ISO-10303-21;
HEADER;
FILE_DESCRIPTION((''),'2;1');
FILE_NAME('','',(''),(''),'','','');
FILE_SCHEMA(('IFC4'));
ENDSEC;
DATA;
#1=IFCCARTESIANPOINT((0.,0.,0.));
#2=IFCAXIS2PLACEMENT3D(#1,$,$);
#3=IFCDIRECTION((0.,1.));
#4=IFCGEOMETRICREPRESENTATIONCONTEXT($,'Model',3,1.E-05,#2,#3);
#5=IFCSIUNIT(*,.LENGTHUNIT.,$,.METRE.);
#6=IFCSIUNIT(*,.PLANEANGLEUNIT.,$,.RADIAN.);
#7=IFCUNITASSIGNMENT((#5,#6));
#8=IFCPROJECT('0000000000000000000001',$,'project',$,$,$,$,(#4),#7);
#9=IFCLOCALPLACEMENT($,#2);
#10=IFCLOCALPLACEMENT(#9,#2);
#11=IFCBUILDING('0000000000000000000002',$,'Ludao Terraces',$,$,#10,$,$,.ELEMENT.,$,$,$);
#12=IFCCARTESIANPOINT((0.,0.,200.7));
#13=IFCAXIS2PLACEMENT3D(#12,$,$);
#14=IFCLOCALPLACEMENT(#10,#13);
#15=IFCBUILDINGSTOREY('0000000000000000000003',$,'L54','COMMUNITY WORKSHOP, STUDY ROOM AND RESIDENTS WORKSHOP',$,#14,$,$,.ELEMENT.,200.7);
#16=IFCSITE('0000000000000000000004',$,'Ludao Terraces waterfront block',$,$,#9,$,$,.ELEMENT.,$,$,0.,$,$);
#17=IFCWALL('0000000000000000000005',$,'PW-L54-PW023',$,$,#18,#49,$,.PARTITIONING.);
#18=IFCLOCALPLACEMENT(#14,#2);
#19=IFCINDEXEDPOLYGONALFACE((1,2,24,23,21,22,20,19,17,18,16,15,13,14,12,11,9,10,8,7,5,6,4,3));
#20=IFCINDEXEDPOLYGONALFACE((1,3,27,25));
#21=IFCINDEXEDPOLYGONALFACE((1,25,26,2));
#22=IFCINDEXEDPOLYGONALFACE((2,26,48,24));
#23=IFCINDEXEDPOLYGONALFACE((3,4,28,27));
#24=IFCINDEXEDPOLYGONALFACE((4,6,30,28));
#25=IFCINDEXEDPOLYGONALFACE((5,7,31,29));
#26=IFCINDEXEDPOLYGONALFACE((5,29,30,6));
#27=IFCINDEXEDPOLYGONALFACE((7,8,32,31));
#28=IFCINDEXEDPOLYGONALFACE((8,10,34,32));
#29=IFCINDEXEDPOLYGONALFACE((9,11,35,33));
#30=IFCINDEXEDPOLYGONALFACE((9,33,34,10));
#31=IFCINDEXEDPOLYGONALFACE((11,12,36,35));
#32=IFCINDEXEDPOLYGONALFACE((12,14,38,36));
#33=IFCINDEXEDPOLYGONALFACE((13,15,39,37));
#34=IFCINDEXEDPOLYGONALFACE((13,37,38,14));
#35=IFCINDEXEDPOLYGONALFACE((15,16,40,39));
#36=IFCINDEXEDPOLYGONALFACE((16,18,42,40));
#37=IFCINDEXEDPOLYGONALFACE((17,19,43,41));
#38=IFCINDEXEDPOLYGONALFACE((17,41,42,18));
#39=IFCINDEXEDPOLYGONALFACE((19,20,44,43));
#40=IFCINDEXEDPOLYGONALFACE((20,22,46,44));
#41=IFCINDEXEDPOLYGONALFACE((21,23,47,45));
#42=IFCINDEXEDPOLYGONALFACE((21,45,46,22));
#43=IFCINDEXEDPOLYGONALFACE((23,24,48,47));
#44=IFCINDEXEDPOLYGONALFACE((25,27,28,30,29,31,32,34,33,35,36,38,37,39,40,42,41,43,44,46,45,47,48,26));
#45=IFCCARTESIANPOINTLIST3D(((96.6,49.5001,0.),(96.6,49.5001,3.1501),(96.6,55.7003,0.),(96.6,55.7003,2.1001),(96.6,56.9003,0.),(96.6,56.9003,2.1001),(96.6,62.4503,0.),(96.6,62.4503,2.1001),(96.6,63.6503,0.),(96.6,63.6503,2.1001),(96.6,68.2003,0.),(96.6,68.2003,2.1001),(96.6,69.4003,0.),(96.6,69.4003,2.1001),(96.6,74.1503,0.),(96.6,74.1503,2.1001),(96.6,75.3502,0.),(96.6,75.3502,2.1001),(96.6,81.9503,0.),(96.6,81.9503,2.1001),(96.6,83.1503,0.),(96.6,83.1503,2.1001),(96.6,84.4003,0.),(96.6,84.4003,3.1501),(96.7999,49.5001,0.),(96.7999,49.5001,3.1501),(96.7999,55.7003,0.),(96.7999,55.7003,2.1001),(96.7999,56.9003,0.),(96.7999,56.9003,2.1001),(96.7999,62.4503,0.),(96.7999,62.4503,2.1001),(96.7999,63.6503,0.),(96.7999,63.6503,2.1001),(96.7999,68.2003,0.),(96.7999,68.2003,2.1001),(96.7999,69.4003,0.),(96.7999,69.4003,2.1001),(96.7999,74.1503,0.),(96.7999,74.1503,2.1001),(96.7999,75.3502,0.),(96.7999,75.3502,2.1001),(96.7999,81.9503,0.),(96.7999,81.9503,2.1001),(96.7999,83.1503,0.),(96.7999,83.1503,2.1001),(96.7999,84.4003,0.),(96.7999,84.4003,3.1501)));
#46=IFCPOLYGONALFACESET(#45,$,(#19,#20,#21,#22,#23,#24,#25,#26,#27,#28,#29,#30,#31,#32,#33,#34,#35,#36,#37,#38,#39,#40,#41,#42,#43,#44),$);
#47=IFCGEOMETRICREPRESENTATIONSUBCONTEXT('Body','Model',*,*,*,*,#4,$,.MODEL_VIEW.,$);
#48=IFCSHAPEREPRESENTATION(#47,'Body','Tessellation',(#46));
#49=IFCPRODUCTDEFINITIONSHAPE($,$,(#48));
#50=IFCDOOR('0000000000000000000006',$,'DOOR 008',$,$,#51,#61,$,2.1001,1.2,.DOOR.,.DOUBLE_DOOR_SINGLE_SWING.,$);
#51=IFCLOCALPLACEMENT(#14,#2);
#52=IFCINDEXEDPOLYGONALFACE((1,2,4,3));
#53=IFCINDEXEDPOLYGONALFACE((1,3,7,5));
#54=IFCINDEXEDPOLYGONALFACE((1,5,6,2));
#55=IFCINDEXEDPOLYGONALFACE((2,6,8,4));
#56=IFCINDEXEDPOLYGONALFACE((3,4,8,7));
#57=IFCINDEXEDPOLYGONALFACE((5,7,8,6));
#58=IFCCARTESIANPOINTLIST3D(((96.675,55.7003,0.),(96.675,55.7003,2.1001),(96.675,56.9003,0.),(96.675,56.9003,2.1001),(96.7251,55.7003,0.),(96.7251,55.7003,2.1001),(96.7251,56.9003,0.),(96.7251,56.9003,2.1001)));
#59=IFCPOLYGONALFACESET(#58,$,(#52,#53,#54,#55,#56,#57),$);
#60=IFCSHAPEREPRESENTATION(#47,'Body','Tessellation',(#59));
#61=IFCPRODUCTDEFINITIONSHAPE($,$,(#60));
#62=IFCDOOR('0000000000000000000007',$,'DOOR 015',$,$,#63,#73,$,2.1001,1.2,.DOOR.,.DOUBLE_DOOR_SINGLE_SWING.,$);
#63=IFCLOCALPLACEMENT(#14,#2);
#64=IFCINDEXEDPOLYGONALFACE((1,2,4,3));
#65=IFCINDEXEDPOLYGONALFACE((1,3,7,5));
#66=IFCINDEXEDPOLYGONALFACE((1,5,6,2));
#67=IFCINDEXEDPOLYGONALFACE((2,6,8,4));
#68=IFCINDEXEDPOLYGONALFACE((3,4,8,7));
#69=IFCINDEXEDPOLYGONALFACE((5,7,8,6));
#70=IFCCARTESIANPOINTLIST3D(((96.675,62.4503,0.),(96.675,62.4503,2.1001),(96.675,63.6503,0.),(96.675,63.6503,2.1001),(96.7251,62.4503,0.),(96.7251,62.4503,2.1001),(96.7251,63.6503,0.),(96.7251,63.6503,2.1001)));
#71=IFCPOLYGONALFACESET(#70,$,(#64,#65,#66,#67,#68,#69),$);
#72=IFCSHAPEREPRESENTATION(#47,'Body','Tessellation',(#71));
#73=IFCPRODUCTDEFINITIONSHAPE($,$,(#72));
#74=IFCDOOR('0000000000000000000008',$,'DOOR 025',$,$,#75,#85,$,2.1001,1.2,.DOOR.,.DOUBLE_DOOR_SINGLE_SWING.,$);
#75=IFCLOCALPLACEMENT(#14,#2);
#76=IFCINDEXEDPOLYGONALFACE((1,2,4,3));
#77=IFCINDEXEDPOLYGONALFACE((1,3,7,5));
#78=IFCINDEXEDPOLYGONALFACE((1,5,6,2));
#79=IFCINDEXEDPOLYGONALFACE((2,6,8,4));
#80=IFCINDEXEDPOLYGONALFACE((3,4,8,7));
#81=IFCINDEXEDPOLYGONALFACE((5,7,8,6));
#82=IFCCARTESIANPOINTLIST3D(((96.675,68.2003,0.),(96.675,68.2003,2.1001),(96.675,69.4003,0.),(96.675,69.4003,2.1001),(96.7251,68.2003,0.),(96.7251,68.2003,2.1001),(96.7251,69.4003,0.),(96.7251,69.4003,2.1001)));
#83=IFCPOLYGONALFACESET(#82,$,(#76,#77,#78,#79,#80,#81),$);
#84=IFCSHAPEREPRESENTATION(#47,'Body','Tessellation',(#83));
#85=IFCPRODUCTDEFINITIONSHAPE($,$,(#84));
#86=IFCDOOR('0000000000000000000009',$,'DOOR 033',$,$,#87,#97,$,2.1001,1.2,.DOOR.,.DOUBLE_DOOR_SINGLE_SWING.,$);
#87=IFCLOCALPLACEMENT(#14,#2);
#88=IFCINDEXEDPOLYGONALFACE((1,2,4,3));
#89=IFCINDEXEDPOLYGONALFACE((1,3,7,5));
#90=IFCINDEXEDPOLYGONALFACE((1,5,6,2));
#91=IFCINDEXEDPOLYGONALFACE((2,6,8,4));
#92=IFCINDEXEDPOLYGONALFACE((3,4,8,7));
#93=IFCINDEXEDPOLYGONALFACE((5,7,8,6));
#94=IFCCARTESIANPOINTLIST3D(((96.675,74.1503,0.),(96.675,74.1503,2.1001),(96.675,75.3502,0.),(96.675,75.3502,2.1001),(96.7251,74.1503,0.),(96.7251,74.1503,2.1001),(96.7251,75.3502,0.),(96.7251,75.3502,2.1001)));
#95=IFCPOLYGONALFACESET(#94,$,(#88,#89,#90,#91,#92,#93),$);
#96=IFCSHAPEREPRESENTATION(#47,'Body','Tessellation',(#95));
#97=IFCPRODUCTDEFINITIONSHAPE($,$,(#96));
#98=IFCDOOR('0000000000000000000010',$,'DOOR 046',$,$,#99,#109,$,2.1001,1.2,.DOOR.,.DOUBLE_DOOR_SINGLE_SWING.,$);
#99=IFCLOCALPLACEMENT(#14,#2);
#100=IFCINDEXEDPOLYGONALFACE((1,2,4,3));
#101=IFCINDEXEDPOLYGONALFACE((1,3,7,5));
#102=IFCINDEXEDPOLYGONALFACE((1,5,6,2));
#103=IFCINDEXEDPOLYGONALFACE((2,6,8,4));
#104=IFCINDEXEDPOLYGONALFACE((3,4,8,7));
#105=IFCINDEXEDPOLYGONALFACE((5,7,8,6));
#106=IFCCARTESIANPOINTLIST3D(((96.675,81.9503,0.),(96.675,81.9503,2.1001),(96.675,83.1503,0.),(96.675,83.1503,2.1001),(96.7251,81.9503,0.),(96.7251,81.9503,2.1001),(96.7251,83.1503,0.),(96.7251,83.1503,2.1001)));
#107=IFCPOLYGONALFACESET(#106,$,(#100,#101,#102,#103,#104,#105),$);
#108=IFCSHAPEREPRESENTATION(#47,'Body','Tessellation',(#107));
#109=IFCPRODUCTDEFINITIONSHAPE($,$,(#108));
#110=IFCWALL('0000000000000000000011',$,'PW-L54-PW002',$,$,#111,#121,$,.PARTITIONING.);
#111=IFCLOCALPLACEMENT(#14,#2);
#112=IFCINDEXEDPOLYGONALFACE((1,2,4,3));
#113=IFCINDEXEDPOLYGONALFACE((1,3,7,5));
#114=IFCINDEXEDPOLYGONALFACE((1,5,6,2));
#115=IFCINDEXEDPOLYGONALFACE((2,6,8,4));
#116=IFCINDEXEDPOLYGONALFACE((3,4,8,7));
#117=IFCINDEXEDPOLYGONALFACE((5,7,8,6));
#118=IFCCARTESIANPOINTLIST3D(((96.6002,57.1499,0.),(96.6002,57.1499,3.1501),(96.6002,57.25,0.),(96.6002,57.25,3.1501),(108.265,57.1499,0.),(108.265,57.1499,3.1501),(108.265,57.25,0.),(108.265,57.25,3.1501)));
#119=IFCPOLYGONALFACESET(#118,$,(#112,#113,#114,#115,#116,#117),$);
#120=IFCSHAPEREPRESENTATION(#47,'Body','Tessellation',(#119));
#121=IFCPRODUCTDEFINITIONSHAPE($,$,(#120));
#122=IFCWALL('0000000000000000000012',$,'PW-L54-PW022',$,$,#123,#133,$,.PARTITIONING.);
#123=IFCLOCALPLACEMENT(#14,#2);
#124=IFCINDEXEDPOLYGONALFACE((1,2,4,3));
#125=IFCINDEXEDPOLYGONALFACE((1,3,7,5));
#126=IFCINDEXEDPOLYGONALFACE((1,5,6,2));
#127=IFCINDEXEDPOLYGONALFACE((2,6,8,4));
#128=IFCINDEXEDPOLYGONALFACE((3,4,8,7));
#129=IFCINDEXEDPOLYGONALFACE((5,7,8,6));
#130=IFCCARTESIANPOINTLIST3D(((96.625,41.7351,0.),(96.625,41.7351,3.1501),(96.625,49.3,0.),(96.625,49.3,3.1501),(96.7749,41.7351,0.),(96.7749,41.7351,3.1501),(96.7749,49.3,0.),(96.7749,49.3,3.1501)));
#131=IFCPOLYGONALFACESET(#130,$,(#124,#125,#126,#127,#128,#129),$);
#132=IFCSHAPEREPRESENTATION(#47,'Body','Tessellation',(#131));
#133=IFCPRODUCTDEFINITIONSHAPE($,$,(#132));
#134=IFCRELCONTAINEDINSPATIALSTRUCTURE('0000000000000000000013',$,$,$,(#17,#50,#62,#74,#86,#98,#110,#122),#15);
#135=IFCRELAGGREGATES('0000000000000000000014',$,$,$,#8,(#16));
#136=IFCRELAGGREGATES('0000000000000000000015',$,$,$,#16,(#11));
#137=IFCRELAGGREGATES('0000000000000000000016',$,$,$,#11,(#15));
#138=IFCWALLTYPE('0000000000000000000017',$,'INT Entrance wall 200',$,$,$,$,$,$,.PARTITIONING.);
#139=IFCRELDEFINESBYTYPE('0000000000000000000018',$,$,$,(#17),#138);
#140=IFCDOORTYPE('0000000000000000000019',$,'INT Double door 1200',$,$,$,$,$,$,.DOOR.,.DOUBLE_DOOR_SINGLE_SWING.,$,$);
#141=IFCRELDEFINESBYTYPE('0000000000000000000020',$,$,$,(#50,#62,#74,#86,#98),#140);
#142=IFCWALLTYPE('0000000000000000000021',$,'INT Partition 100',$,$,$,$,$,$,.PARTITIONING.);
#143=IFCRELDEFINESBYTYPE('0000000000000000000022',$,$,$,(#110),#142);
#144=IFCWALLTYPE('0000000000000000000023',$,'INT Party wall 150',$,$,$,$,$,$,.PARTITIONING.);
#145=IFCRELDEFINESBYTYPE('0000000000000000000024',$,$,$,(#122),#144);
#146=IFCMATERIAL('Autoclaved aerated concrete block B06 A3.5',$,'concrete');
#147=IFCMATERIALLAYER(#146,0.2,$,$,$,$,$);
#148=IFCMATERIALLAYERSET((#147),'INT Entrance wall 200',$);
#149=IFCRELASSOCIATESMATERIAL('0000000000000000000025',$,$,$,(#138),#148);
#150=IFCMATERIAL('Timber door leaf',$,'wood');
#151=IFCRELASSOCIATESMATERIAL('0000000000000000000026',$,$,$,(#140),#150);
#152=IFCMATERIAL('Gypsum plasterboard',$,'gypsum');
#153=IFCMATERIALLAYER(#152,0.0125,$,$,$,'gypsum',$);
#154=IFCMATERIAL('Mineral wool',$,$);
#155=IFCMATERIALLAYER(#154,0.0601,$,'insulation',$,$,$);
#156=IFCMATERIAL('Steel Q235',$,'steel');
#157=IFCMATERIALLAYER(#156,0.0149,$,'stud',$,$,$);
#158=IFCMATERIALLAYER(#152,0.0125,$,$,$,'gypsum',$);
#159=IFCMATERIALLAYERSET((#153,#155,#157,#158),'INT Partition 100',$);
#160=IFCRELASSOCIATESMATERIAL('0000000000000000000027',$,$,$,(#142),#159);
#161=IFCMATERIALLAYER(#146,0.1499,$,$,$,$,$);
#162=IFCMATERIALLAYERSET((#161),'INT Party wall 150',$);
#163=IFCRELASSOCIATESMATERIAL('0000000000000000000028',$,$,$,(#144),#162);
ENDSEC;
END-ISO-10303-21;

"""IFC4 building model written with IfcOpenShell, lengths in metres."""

from ifc_helpers import new_model, si_unit, direction, frame, frame_2d, origin, place, context, subcontext, project, spatial, rectangle, extrude, material, layer, layer_set, type_object, element, fill, save


model = new_model("IFC4")

# Units and contexts
model_context = context("Model", 3, precision=1e-05, world=origin(), true_north=direction((0.0, 1.0)))
body_context = subcontext(model_context, "Body", "Model", "MODEL_VIEW")
ifc_project = project(units=[si_unit("LENGTHUNIT", "METRE"), si_unit("PLANEANGLEUNIT", "RADIAN")], contexts=[model_context])

# Site, building, storey
site_placement = place(None, origin())
site = spatial("IfcSite", under=ifc_project, at=site_placement, Name="Ludao Terraces waterfront block", CompositionType="ELEMENT", RefElevation=0.0)
building_placement = place(site_placement, origin())
building = spatial("IfcBuilding", under=site, at=building_placement, Name="Ludao Terraces", CompositionType="ELEMENT")
storey_placement = place(building_placement, frame((0.0, 0.0, 200.7)))
storey = spatial("IfcBuildingStorey", under=building, at=storey_placement, Name="L54", Description="COMMUNITY WORKSHOP, STUDY ROOM AND RESIDENTS WORKSHOP", CompositionType="ELEMENT", Elevation=200.7)

# Shared definitions
ifc_material_1 = material(Name="Steel Q235", Category="steel")

# Shared definitions
ifc_material_2 = material(Name="Mineral wool")

# Wall, openings, doors
ifc_material_3 = material(Name="Autoclaved aerated concrete block B06 A3.5", Category="concrete")
ifc_layer_1 = layer(ifc_material_3, 0.2)
ifc_layer_set_1 = layer_set([ifc_layer_1], Name="INT Entrance wall 200")
wall_type_1 = type_object("IfcWallType", Name="INT Entrance wall 200", PredefinedType="PARTITIONING", material=ifc_layer_set_1)
wall_1_placement = place(storey_placement, frame((96.7, 49.5, 0.0), z_axis=(0.0, 0.0, 1.0), x_axis=(0.0, 1.0, 0.0)))
wall_1 = element("IfcWall", 1, at=wall_1_placement, inside=storey, type_object=wall_type_1, Name="PW-L54-PW023", PredefinedType="PARTITIONING", context=body_context, shape_type="SweptSolid", body=[
    extrude(rectangle(XDim=34.9001, YDim=0.2, at=frame_2d((17.4502, 0.0))), origin(), (0.0, 0.0, 1.0), 3.1501),
])
opening_1_placement = place(wall_1_placement, frame((6.2002, 0.0, 0.0)))
opening_1 = element("IfcOpeningElement", 2, at=opening_1_placement, cuts=wall_1, PredefinedType="OPENING", context=body_context, shape_type="SweptSolid", body=[
    extrude(rectangle(XDim=1.2, YDim=2.1001, at=frame_2d((0.6001, 1.05))), frame((0.0, 0.1099, 0.0), z_axis=(0.0, -1.0, 0.0), x_axis=(1.0, 0.0, 0.0)), (0.0, 0.0, 1.0), 0.22),
])
opening_2_placement = place(wall_1_placement, frame((12.9502, 0.0, 0.0)))
opening_2 = element("IfcOpeningElement", 3, at=opening_2_placement, cuts=wall_1, PredefinedType="OPENING", context=body_context, shape_type="SweptSolid", body=[
    extrude(rectangle(XDim=1.2, YDim=2.1001, at=frame_2d((0.6001, 1.05))), frame((0.0, 0.1099, 0.0), z_axis=(0.0, -1.0, 0.0), x_axis=(1.0, 0.0, 0.0)), (0.0, 0.0, 1.0), 0.22),
])
opening_3_placement = place(wall_1_placement, frame((18.7002, 0.0, 0.0)))
opening_3 = element("IfcOpeningElement", 4, at=opening_3_placement, cuts=wall_1, PredefinedType="OPENING", context=body_context, shape_type="SweptSolid", body=[
    extrude(rectangle(XDim=1.2, YDim=2.1001, at=frame_2d((0.6001, 1.05))), frame((0.0, 0.1099, 0.0), z_axis=(0.0, -1.0, 0.0), x_axis=(1.0, 0.0, 0.0)), (0.0, 0.0, 1.0), 0.22),
])
opening_4_placement = place(wall_1_placement, frame((24.6501, 0.0, 0.0)))
opening_4 = element("IfcOpeningElement", 5, at=opening_4_placement, cuts=wall_1, PredefinedType="OPENING", context=body_context, shape_type="SweptSolid", body=[
    extrude(rectangle(XDim=1.2, YDim=2.1001, at=frame_2d((0.6001, 1.05))), frame((0.0, 0.1099, 0.0), z_axis=(0.0, -1.0, 0.0), x_axis=(1.0, 0.0, 0.0)), (0.0, 0.0, 1.0), 0.22),
])
opening_5_placement = place(wall_1_placement, frame((32.4502, 0.0, 0.0)))
opening_5 = element("IfcOpeningElement", 6, at=opening_5_placement, cuts=wall_1, PredefinedType="OPENING", context=body_context, shape_type="SweptSolid", body=[
    extrude(rectangle(XDim=1.2, YDim=2.1001, at=frame_2d((0.6001, 1.05))), frame((0.0, 0.1099, 0.0), z_axis=(0.0, -1.0, 0.0), x_axis=(1.0, 0.0, 0.0)), (0.0, 0.0, 1.0), 0.22),
])
ifc_material_4 = material(Name="Timber door leaf", Category="wood")
door_type_1 = type_object("IfcDoorType", Name="INT Double door 1200", OperationType="DOUBLE_DOOR_SINGLE_SWING", PredefinedType="DOOR", material=ifc_material_4)
door_1_placement = place(opening_1_placement, origin())
door_1 = element("IfcDoor", 7, at=door_1_placement, inside=storey, type_object=door_type_1, Name="DOOR 008", OperationType="DOUBLE_DOOR_SINGLE_SWING", OverallHeight=2.1001, OverallWidth=1.2, PredefinedType="DOOR", context=body_context, shape_type="SweptSolid", body=[
    extrude(rectangle(XDim=1.2, YDim=2.1001, at=frame_2d((0.6001, 1.05))), frame((0.0, 0.0249, 0.0), z_axis=(0.0, -1.0, 0.0), x_axis=(1.0, 0.0, 0.0)), (0.0, 0.0, 1.0), 0.05),
])
fill(opening_1, door_1)
door_2_placement = place(opening_2_placement, origin())
door_2 = element("IfcDoor", 8, at=door_2_placement, inside=storey, type_object=door_type_1, Name="DOOR 015", OperationType="DOUBLE_DOOR_SINGLE_SWING", OverallHeight=2.1001, OverallWidth=1.2, PredefinedType="DOOR", context=body_context, shape_type="SweptSolid", body=[
    extrude(rectangle(XDim=1.2, YDim=2.1001, at=frame_2d((0.6001, 1.05))), frame((0.0, 0.0249, 0.0), z_axis=(0.0, -1.0, 0.0), x_axis=(1.0, 0.0, 0.0)), (0.0, 0.0, 1.0), 0.05),
])
fill(opening_2, door_2)
door_3_placement = place(opening_3_placement, origin())
door_3 = element("IfcDoor", 9, at=door_3_placement, inside=storey, type_object=door_type_1, Name="DOOR 025", OperationType="DOUBLE_DOOR_SINGLE_SWING", OverallHeight=2.1001, OverallWidth=1.2, PredefinedType="DOOR", context=body_context, shape_type="SweptSolid", body=[
    extrude(rectangle(XDim=1.2, YDim=2.1001, at=frame_2d((0.6001, 1.05))), frame((0.0, 0.0249, 0.0), z_axis=(0.0, -1.0, 0.0), x_axis=(1.0, 0.0, 0.0)), (0.0, 0.0, 1.0), 0.05),
])
fill(opening_3, door_3)
door_4_placement = place(opening_4_placement, origin())
door_4 = element("IfcDoor", 10, at=door_4_placement, inside=storey, type_object=door_type_1, Name="DOOR 033", OperationType="DOUBLE_DOOR_SINGLE_SWING", OverallHeight=2.1001, OverallWidth=1.2, PredefinedType="DOOR", context=body_context, shape_type="SweptSolid", body=[
    extrude(rectangle(XDim=1.2, YDim=2.1001, at=frame_2d((0.6001, 1.05))), frame((0.0, 0.0249, 0.0), z_axis=(0.0, -1.0, 0.0), x_axis=(1.0, 0.0, 0.0)), (0.0, 0.0, 1.0), 0.05),
])
fill(opening_4, door_4)
door_5_placement = place(opening_5_placement, origin())
door_5 = element("IfcDoor", 11, at=door_5_placement, inside=storey, type_object=door_type_1, Name="DOOR 046", OperationType="DOUBLE_DOOR_SINGLE_SWING", OverallHeight=2.1001, OverallWidth=1.2, PredefinedType="DOOR", context=body_context, shape_type="SweptSolid", body=[
    extrude(rectangle(XDim=1.2, YDim=2.1001, at=frame_2d((0.6001, 1.05))), frame((0.0, 0.0249, 0.0), z_axis=(0.0, -1.0, 0.0), x_axis=(1.0, 0.0, 0.0)), (0.0, 0.0, 1.0), 0.05),
])
fill(opening_5, door_5)

# Walls
ifc_material_5 = material(Name="Gypsum plasterboard", Category="gypsum")
ifc_layer_2 = layer(ifc_material_5, 0.0125, Category="gypsum")
ifc_layer_3 = layer(ifc_material_2, 0.0601, Name="insulation")
ifc_layer_4 = layer(ifc_material_1, 0.0149, Name="stud")
ifc_layer_5 = layer(ifc_material_5, 0.0125, Category="gypsum")
ifc_layer_set_2 = layer_set([ifc_layer_2, ifc_layer_3, ifc_layer_4, ifc_layer_5], Name="INT Partition 100")
wall_type_2 = type_object("IfcWallType", Name="INT Partition 100", PredefinedType="PARTITIONING", material=ifc_layer_set_2)
wall_2_placement = place(storey_placement, frame((96.6001, 57.2, 0.0), z_axis=(0.0, 0.0, 1.0), x_axis=(1.0, 0.0, 0.0)))
element("IfcWall", 12, at=wall_2_placement, inside=storey, type_object=wall_type_2, Name="PW-L54-PW002", PredefinedType="PARTITIONING", context=body_context, shape_type="SweptSolid", body=[
    extrude(rectangle(XDim=11.6648, YDim=0.1001, at=frame_2d((5.8325, 0.0))), origin(), (0.0, 0.0, 1.0), 3.1501),
])
ifc_layer_6 = layer(ifc_material_3, 0.1499)
ifc_layer_set_3 = layer_set([ifc_layer_6], Name="INT Party wall 150")
wall_type_3 = type_object("IfcWallType", Name="INT Party wall 150", PredefinedType="PARTITIONING", material=ifc_layer_set_3)
wall_3_placement = place(storey_placement, frame((96.7, 41.7351, 0.0), z_axis=(0.0, 0.0, 1.0), x_axis=(0.0, 1.0, 0.0)))
element("IfcWall", 13, at=wall_3_placement, inside=storey, type_object=wall_type_3, Name="PW-L54-PW022", PredefinedType="PARTITIONING", context=body_context, shape_type="SweptSolid", body=[
    extrude(rectangle(XDim=7.5649, YDim=0.1499, at=frame_2d((3.7825, 0.0))), origin(), (0.0, 0.0, 1.0), 3.1501),
])

save(model, "model.ifc")
